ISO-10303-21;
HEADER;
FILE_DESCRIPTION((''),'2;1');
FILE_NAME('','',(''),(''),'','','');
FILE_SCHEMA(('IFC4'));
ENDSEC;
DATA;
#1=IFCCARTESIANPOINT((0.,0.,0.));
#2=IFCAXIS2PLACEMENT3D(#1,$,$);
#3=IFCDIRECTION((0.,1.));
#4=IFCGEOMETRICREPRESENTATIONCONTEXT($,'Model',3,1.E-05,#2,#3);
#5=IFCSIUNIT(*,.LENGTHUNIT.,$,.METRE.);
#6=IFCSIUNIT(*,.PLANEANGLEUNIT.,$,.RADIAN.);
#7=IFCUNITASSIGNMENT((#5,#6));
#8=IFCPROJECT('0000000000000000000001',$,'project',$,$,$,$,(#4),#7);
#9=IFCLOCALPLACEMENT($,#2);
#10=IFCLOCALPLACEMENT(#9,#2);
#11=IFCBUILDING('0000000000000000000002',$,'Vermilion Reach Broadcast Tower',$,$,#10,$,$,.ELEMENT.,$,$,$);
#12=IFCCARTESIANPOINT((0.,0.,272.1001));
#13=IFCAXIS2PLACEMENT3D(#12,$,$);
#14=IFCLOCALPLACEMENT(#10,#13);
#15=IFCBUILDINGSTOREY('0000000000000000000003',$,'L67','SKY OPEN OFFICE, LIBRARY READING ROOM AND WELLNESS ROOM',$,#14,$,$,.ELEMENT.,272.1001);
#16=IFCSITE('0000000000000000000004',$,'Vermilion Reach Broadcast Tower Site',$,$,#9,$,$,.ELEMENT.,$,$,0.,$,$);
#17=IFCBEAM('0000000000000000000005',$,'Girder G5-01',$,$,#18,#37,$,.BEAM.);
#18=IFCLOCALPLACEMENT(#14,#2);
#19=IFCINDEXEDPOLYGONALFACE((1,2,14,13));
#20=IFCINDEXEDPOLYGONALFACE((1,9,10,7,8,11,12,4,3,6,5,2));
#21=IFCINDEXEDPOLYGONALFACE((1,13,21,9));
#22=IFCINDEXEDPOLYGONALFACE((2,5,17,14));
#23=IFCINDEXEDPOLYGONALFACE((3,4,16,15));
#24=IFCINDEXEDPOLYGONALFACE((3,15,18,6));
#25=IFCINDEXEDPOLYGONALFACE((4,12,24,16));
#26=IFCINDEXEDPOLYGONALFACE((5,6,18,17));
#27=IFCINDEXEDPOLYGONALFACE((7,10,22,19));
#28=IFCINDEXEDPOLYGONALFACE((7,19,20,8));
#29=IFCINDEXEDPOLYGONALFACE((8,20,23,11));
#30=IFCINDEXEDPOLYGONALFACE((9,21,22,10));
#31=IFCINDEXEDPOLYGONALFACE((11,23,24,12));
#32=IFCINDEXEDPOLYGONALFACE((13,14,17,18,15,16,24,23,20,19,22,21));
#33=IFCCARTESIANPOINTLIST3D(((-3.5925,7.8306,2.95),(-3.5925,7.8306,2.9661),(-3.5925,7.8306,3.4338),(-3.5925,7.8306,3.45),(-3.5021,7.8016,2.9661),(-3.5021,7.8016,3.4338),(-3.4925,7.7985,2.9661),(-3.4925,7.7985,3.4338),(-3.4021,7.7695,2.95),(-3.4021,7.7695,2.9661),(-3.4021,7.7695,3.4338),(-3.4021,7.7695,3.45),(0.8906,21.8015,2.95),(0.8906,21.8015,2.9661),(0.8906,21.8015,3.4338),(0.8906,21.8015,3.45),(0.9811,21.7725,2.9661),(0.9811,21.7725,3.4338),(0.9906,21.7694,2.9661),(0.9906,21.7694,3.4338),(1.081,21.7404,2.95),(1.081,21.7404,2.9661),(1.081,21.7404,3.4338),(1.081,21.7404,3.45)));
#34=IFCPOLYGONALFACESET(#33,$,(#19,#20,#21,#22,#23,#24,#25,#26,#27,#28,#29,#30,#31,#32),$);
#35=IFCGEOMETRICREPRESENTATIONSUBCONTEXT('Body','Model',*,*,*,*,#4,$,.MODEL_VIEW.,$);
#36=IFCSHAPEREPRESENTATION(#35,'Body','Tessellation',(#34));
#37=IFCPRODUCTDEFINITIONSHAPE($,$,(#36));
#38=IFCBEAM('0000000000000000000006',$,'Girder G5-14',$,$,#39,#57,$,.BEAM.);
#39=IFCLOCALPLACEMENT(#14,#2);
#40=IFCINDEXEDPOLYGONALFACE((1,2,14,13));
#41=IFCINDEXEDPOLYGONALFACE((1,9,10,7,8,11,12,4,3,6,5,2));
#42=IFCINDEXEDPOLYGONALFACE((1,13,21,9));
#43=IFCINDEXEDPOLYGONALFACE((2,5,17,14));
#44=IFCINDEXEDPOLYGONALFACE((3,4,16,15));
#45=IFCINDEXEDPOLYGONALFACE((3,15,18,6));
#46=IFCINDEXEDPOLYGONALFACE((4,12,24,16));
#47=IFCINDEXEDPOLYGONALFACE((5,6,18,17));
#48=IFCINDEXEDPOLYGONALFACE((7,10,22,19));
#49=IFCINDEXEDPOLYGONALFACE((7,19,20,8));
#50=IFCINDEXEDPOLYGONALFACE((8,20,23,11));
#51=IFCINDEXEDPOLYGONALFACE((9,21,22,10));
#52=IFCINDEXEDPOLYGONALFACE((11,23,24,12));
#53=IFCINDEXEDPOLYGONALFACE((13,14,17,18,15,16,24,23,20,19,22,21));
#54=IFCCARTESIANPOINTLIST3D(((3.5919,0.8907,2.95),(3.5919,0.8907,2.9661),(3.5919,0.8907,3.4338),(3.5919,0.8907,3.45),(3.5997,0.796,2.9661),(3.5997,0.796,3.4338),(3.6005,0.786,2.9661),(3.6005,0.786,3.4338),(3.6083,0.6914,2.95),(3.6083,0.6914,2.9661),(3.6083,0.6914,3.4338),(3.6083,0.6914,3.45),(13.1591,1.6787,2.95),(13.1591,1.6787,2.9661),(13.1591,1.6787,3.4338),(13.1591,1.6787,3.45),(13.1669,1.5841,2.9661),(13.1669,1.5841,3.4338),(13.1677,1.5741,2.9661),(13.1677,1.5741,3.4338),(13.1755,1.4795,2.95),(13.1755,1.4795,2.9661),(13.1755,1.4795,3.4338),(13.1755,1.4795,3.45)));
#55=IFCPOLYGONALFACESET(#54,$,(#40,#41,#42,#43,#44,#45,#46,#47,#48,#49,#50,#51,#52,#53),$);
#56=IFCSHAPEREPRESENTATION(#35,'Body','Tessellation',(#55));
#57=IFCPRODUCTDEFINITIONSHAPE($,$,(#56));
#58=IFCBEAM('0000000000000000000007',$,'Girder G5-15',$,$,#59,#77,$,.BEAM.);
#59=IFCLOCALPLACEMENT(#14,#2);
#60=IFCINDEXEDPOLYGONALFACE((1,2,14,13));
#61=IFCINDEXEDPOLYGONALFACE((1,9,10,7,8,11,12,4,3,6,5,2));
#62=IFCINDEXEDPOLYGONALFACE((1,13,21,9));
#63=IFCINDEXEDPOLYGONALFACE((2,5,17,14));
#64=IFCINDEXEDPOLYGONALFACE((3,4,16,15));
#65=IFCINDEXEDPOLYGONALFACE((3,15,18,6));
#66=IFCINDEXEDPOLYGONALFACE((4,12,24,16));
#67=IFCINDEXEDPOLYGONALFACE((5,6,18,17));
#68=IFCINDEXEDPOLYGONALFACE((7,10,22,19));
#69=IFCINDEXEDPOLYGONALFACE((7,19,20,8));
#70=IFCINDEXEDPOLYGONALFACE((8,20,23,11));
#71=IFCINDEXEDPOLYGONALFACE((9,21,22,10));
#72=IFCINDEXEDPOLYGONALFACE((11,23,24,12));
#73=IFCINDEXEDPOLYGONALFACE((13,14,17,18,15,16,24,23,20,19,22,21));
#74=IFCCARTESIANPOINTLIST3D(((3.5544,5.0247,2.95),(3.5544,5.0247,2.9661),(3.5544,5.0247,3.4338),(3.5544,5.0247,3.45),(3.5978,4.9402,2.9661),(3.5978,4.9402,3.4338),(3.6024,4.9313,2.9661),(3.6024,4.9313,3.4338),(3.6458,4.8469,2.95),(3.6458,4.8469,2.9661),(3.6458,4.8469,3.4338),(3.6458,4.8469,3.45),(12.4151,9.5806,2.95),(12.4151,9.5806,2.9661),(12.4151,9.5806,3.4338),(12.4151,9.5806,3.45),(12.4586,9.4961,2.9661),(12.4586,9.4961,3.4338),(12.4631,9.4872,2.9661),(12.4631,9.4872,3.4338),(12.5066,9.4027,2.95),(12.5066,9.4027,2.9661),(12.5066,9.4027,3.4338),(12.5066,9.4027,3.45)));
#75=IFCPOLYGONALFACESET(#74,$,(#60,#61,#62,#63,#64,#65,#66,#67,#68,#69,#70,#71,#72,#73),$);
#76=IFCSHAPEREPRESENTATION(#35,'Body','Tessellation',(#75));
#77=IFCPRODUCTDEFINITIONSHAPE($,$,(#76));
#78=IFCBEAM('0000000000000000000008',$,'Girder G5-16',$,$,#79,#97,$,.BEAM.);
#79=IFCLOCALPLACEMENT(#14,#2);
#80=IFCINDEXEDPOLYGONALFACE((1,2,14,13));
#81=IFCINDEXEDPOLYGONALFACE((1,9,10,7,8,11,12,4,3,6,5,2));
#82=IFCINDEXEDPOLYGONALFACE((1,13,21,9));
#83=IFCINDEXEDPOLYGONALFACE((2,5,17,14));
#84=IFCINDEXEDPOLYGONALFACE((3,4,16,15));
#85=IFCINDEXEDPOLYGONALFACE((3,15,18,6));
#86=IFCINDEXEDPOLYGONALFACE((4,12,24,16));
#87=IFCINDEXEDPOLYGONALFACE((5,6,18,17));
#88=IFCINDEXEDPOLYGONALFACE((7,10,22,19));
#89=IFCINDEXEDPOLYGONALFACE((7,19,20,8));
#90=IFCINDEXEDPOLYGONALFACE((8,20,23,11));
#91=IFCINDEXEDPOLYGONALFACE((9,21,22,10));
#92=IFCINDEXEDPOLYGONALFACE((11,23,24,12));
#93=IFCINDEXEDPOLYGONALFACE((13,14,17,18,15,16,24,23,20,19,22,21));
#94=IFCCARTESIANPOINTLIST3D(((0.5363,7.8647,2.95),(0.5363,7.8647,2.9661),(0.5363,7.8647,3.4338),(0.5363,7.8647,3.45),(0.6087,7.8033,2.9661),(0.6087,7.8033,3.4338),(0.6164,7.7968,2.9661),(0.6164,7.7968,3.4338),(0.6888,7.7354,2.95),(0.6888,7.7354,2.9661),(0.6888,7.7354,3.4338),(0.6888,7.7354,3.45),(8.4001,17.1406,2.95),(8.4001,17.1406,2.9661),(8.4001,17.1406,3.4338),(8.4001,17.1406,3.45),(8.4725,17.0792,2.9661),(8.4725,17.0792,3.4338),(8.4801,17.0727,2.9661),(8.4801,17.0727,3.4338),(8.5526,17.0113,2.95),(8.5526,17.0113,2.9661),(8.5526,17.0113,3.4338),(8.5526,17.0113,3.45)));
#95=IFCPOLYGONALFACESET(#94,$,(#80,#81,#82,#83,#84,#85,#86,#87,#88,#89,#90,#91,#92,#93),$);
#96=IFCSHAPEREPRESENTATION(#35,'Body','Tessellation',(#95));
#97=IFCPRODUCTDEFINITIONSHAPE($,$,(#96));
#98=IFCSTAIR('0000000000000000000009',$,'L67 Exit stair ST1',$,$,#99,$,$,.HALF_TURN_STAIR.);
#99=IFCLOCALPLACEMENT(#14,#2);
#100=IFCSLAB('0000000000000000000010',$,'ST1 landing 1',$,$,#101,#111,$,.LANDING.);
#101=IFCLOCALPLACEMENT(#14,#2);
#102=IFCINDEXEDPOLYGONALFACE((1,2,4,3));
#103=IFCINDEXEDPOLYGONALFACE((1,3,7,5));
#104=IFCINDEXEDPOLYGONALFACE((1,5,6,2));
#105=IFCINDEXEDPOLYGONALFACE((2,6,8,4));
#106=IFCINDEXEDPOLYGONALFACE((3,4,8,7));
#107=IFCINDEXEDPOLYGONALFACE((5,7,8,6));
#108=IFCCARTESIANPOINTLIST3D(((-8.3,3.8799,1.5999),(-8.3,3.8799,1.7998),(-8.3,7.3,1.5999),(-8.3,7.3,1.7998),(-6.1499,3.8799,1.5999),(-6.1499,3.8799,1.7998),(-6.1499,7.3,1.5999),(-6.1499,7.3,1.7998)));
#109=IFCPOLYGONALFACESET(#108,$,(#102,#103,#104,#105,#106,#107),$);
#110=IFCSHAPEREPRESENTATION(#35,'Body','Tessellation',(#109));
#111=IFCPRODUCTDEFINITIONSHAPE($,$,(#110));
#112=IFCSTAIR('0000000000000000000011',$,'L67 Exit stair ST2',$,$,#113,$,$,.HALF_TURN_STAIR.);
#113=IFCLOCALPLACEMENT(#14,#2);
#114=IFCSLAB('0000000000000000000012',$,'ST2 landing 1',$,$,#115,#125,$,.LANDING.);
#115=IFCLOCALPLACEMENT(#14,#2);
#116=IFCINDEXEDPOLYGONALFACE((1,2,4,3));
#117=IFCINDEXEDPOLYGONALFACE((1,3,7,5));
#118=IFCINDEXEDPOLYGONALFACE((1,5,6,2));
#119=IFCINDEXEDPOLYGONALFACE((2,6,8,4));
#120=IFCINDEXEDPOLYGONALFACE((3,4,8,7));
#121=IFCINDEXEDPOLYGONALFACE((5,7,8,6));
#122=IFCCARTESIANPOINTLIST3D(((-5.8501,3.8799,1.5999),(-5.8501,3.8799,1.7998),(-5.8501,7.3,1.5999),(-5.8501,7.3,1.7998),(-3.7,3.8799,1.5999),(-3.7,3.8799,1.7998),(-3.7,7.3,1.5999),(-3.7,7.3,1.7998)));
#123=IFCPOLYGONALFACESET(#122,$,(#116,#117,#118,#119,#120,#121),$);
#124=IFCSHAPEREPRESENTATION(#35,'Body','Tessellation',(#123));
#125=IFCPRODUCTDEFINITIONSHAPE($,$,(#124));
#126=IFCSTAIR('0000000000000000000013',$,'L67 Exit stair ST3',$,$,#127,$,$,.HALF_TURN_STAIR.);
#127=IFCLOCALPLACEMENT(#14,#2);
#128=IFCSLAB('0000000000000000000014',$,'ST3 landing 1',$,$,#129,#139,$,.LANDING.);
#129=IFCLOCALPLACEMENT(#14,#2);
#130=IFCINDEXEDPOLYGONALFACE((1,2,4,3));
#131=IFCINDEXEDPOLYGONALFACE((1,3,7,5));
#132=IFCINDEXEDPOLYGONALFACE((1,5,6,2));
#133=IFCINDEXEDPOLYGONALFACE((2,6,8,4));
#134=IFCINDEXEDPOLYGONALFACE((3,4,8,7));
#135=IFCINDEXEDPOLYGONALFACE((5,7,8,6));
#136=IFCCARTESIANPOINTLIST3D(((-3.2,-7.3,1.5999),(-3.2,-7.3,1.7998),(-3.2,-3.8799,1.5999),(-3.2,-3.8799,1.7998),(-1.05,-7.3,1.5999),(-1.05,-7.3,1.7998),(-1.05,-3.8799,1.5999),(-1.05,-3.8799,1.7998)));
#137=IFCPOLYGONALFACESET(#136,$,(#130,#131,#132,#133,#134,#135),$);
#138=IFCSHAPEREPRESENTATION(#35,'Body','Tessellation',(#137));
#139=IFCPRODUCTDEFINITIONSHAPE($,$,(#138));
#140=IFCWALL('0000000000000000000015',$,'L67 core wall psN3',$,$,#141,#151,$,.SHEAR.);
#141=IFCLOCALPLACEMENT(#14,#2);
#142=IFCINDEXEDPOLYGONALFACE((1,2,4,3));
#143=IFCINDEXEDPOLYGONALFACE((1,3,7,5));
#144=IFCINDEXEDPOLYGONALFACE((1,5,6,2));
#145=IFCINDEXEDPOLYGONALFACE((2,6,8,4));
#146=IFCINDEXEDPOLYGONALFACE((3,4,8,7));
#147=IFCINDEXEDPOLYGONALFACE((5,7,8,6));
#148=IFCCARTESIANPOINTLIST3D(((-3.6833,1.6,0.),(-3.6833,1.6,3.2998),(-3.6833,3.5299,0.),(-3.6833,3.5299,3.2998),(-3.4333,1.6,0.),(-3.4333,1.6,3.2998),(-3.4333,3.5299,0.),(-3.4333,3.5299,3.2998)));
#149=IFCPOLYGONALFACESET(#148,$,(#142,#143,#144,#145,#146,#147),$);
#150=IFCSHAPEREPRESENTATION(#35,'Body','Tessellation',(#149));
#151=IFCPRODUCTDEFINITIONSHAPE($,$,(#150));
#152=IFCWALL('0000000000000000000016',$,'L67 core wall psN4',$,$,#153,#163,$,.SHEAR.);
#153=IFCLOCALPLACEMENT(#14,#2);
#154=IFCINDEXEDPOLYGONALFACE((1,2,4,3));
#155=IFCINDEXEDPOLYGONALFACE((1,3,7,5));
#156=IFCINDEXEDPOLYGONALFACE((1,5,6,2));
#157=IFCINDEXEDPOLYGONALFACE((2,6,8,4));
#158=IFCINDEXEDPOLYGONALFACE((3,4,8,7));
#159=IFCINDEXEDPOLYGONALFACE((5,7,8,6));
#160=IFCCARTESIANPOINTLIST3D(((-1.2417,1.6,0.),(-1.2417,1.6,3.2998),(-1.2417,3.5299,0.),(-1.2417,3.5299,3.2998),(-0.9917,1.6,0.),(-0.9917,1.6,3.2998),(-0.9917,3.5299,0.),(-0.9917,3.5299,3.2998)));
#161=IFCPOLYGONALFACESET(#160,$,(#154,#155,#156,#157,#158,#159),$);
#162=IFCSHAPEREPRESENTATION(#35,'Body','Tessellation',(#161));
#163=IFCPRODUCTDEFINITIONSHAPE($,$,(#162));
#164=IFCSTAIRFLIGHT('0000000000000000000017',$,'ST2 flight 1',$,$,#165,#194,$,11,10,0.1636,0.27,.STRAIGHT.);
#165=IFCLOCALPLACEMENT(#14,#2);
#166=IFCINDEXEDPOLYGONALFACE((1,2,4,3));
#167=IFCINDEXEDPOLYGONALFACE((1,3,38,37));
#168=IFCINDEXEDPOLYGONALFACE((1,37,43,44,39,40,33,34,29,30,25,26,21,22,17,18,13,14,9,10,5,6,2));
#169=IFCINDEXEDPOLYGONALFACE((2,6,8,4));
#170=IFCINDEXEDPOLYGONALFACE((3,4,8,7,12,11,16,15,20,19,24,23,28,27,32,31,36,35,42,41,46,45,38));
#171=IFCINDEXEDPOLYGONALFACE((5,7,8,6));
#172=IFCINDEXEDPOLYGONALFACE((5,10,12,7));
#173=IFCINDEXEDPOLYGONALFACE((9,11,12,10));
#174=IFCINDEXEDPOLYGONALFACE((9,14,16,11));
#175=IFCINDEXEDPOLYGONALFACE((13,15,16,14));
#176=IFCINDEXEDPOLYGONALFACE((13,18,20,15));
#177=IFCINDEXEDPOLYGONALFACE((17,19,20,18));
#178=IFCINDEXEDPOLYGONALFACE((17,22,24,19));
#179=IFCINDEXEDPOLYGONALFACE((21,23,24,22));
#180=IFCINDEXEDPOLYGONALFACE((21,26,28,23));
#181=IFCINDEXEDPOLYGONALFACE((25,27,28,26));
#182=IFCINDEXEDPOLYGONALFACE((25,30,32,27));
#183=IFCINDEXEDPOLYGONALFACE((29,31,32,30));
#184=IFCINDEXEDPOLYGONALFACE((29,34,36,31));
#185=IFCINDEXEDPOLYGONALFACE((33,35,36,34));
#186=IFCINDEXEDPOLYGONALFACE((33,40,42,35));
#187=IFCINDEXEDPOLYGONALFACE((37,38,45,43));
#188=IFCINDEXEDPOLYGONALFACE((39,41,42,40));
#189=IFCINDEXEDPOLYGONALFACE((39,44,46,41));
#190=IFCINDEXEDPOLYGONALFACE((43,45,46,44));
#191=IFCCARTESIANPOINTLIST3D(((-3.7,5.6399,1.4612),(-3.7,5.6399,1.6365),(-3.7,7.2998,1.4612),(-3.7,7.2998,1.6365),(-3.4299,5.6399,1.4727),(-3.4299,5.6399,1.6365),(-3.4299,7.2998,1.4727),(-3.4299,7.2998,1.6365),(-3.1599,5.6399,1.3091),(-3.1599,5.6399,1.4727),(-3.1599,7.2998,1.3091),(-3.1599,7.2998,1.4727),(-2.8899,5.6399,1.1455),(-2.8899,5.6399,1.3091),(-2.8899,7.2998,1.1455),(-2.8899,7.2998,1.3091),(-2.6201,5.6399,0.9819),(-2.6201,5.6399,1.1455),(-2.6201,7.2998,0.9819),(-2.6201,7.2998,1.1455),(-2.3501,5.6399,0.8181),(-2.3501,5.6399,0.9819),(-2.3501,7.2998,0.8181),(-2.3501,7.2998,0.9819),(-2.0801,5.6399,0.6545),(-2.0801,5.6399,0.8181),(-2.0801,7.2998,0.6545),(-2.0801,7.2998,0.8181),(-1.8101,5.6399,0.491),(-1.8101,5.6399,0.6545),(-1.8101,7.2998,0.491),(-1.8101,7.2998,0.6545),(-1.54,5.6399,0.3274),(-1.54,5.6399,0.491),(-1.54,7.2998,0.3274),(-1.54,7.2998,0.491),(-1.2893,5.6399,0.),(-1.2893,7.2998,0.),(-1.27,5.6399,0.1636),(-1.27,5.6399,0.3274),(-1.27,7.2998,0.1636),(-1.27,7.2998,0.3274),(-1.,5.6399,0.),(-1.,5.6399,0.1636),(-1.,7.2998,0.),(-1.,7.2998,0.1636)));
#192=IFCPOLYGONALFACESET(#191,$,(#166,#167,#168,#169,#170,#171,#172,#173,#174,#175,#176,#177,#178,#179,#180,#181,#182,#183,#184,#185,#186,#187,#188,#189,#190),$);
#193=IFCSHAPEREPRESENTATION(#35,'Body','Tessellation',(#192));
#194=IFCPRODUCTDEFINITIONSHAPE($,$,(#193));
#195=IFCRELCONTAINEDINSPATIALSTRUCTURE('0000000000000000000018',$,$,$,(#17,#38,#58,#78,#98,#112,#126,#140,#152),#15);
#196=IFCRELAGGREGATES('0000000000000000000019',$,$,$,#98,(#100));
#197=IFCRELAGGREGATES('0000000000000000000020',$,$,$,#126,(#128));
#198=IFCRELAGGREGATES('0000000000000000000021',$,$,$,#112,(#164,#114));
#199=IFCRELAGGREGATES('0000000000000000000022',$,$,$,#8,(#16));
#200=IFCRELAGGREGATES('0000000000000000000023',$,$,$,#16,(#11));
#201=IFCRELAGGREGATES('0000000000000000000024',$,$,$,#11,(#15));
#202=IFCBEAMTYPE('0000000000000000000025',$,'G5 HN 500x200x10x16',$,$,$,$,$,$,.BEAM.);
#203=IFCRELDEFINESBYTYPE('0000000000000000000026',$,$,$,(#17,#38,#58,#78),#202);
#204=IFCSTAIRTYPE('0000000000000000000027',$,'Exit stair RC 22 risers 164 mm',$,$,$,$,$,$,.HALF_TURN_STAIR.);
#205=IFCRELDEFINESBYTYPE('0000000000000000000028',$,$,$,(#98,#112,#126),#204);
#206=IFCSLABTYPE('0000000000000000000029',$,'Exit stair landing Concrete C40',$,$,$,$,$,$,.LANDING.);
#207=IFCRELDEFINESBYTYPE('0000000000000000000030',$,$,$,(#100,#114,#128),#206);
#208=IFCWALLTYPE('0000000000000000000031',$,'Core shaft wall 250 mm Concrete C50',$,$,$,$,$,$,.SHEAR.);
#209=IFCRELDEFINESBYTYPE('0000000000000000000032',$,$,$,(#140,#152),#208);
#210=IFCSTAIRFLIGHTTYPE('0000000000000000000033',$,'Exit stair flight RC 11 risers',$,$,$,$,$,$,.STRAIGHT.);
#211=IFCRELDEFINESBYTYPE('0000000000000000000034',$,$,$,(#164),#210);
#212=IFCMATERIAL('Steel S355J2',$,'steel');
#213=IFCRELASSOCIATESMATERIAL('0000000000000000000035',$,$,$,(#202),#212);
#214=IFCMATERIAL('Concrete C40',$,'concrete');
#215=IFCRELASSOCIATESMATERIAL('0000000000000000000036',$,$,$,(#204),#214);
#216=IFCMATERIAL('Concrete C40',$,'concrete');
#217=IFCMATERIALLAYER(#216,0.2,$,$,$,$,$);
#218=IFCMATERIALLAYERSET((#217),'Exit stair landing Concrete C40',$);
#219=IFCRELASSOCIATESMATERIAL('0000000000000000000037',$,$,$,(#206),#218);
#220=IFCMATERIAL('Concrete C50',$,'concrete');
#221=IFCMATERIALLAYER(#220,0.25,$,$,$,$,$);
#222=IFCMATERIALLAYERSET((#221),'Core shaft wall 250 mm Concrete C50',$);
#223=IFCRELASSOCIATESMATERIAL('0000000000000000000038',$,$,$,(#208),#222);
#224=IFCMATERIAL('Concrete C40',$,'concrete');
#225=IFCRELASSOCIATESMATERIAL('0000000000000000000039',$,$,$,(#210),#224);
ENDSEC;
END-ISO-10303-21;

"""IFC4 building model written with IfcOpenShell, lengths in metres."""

from ifc_helpers import new_model, si_unit, direction, frame, frame_2d, origin, origin_2d, place, context, subcontext, project, spatial, polyline, rectangle, i_section, outline, extrude, material, layer, layer_set, material_profile, profile_set, type_object, element, aggregate, save


model = new_model("IFC4")

# Units and contexts
model_context = context("Model", 3, precision=1e-05, world=origin(), true_north=direction((0.0, 1.0)))
body_context = subcontext(model_context, "Body", "Model", "MODEL_VIEW")
ifc_project = project(units=[si_unit("LENGTHUNIT", "METRE"), si_unit("PLANEANGLEUNIT", "RADIAN")], contexts=[model_context])

# Site, building, storey
site_placement = place(None, origin())
site = spatial("IfcSite", under=ifc_project, at=site_placement, Name="Vermilion Reach Broadcast Tower Site", CompositionType="ELEMENT", RefElevation=0.0)
building_placement = place(site_placement, origin())
building = spatial("IfcBuilding", under=site, at=building_placement, Name="Vermilion Reach Broadcast Tower", CompositionType="ELEMENT")
storey_placement = place(building_placement, frame((0.0, 0.0, 272.1001)))
storey = spatial("IfcBuildingStorey", under=building, at=storey_placement, Name="L67", Description="SKY OPEN OFFICE, LIBRARY READING ROOM AND WELLNESS ROOM", CompositionType="ELEMENT", Elevation=272.1001)

# Beams
ifc_material_1 = material(Name="Steel S355J2", Category="steel")
ifc_material_profile = material_profile(ifc_material_1, i_section(OverallWidth=0.2, OverallDepth=0.5, WebThickness=0.01, FlangeThickness=0.0161, at=origin_2d()), Name="S355J2 HN 500x200x10x16")
ifc_profile_set = profile_set([ifc_material_profile], Name="Steel S355J2")
beam_type = type_object("IfcBeamType", Name="G5 HN 500x200x10x16", PredefinedType="BEAM", material=ifc_profile_set)
beam_1_placement = place(storey_placement, frame((-3.4973, 7.8, 3.2), z_axis=(0.305545, 0.952178, 0.0), x_axis=(-0.952178, 0.305545, 0.0)))
element("IfcBeam", 1, at=beam_1_placement, inside=storey, type_object=beam_type, Name="Girder G5-01", PredefinedType="BEAM", context=body_context, shape_type="SweptSolid", body=[
    extrude(i_section(OverallWidth=0.2, OverallDepth=0.5, WebThickness=0.01, FlangeThickness=0.0161, at=origin_2d()), origin(), (0.0, 0.0, 1.0), 14.6726),
])
beam_2_placement = place(storey_placement, frame((3.6001, 0.791, 3.2), z_axis=(0.996624, 0.082096, 0.0), x_axis=(-0.082096, 0.996624, 0.0)))
element("IfcBeam", 2, at=beam_2_placement, inside=storey, type_object=beam_type, Name="Girder G5-14", PredefinedType="BEAM", context=body_context, shape_type="SweptSolid", body=[
    extrude(i_section(OverallWidth=0.2, OverallDepth=0.5, WebThickness=0.01, FlangeThickness=0.0161, at=origin_2d()), origin(), (0.0, 0.0, 1.0), 9.5996),
])
beam_3_placement = place(storey_placement, frame((3.6001, 4.9358, 3.2), z_axis=(0.889333, 0.457261, 0.0), x_axis=(-0.457261, 0.889333, 0.0)))
element("IfcBeam", 3, at=beam_3_placement, inside=storey, type_object=beam_type, Name="Girder G5-15", PredefinedType="BEAM", context=body_context, shape_type="SweptSolid", body=[
    extrude(i_section(OverallWidth=0.2, OverallDepth=0.5, WebThickness=0.01, FlangeThickness=0.0161, at=origin_2d()), origin(), (0.0, 0.0, 1.0), 9.9634),
])
beam_4_placement = place(storey_placement, frame((0.6125, 7.8, 3.2), z_axis=(0.646658, 0.76278, 0.0), x_axis=(-0.76278, 0.646658, 0.0)))
element("IfcBeam", 4, at=beam_4_placement, inside=storey, type_object=beam_type, Name="Girder G5-16", PredefinedType="BEAM", context=body_context, shape_type="SweptSolid", body=[
    extrude(i_section(OverallWidth=0.2, OverallDepth=0.5, WebThickness=0.01, FlangeThickness=0.0161, at=origin_2d()), origin(), (0.0, 0.0, 1.0), 12.1606),
])

# Stairs, slabs
ifc_material_2 = material(Name="Concrete C40", Category="concrete")
stair_type = type_object("IfcStairType", Name="Exit stair RC 22 risers 164 mm", PredefinedType="HALF_TURN_STAIR", material=ifc_material_2)
placement_1 = place(storey_placement, origin())
stair_1 = element("IfcStair", 5, at=placement_1, inside=storey, type_object=stair_type, Name="L67 Exit stair ST1", PredefinedType="HALF_TURN_STAIR")
ifc_material_3 = material(Name="Concrete C40", Category="concrete")
ifc_layer_1 = layer(ifc_material_3, 0.2)
ifc_layer_set_1 = layer_set([ifc_layer_1], Name="Exit stair landing Concrete C40")
slab_type = type_object("IfcSlabType", Name="Exit stair landing Concrete C40", PredefinedType="LANDING", material=ifc_layer_set_1)
placement_2 = place(storey_placement, frame((0.0, 0.0, 1.5999)))
slab_1 = element("IfcSlab", 6, at=placement_2, type_object=slab_type, Name="ST1 landing 1", PredefinedType="LANDING", context=body_context, shape_type="SweptSolid", body=[
    extrude(outline(polyline([(-8.3, 3.8799), (-6.1499, 3.8799), (-6.1499, 7.3), (-8.3, 7.3), (-8.3, 3.8799)])), origin(), (0.0, 0.0, 1.0), 0.2),
])
aggregate(stair_1, [slab_1])
stair_2 = element("IfcStair", 7, at=placement_1, inside=storey, type_object=stair_type, Name="L67 Exit stair ST2", PredefinedType="HALF_TURN_STAIR")
slab_2 = element("IfcSlab", 8, at=placement_2, type_object=slab_type, Name="ST2 landing 1", PredefinedType="LANDING", context=body_context, shape_type="SweptSolid", body=[
    extrude(outline(polyline([(-3.7, 7.3), (-5.8501, 7.3), (-5.8501, 3.8799), (-3.7, 3.8799), (-3.7, 7.3)])), origin(), (0.0, 0.0, 1.0), 0.2),
])
stair_3 = element("IfcStair", 9, at=placement_1, inside=storey, type_object=stair_type, Name="L67 Exit stair ST3", PredefinedType="HALF_TURN_STAIR")
slab_3 = element("IfcSlab", 10, at=placement_2, type_object=slab_type, Name="ST3 landing 1", PredefinedType="LANDING", context=body_context, shape_type="SweptSolid", body=[
    extrude(outline(polyline([(-3.2, -7.3), (-1.05, -7.3), (-1.05, -3.8799), (-3.2, -3.8799), (-3.2, -7.3)])), origin(), (0.0, 0.0, 1.0), 0.2),
])
aggregate(stair_3, [slab_3])

# Walls
ifc_material_4 = material(Name="Concrete C50", Category="concrete")
ifc_layer_2 = layer(ifc_material_4, 0.25)
ifc_layer_set_2 = layer_set([ifc_layer_2], Name="Core shaft wall 250 mm Concrete C50")
wall_type = type_object("IfcWallType", Name="Core shaft wall 250 mm Concrete C50", PredefinedType="SHEAR", material=ifc_layer_set_2)
for number, where, z_axis, x_axis, name in (
    (11, (-3.5583, 1.6001, 0.0), (0.0, 0.0, 1.0), (0.0, 1.0, 0.0), "L67 core wall psN3"),
    (12, (-1.1167, 1.6001, 0.0), (0.0, 0.0, 1.0), (0.0, 1.0, 0.0), "L67 core wall psN4"),
):
    element("IfcWall", number, at=place(storey_placement, frame(where, z_axis=z_axis, x_axis=x_axis)), inside=storey, type_object=wall_type, Name=name, PredefinedType="SHEAR", context=body_context, shape_type="SweptSolid", body=[
        extrude(rectangle(XDim=1.9299, YDim=0.25, at=frame_2d((0.9648, 0.0))), origin(), (0.0, 0.0, 1.0), 3.2998),
    ])

# Stair flight
ifc_material_5 = material(Name="Concrete C40", Category="concrete")
stair_flight_type = type_object("IfcStairFlightType", Name="Exit stair flight RC 11 risers", PredefinedType="STRAIGHT", material=ifc_material_5)
stair_flight_1_placement = place(storey_placement, frame((-1.0, 6.47, 0.0), z_axis=(0.0, 0.0, 1.0), x_axis=(-1.0, 0.0, 0.0)))
stair_flight_1 = element("IfcStairFlight", 13, at=stair_flight_1_placement, type_object=stair_flight_type, Name="ST2 flight 1", NumberOfRisers=11, NumberOfTreads=10, PredefinedType="STRAIGHT", RiserHeight=0.1636, TreadLength=0.27, context=body_context, shape_type="SweptSolid", body=[
    extrude(outline(polyline([(0.0, 0.0), (0.0, 0.1636), (0.27, 0.1636), (0.27, 0.3274), (0.54, 0.3274), (0.54, 0.491), (0.8101, 0.491), (0.8101, 0.6545), (1.0801, 0.6545), (1.0801, 0.8181), (1.3501, 0.8181), (1.3501, 0.9819), (1.6201, 0.9819), (1.6201, 1.1455), (1.8899, 1.1455), (1.8899, 1.3091), (2.1599, 1.3091), (2.1599, 1.4727), (2.4299, 1.4727), (2.4299, 1.6365), (2.7, 1.6365), (2.7, 1.8), (2.7, 1.4612), (0.2893, 0.0), (0.0, 0.0)])), frame((0.0, 0.8301, 0.0), z_axis=(0.0, -1.0, 0.0), x_axis=(1.0, 0.0, 0.0)), (0.0, 0.0, 1.0), 1.6599),
])
aggregate(stair_2, [stair_flight_1, slab_2])

save(model, "model.ifc")
